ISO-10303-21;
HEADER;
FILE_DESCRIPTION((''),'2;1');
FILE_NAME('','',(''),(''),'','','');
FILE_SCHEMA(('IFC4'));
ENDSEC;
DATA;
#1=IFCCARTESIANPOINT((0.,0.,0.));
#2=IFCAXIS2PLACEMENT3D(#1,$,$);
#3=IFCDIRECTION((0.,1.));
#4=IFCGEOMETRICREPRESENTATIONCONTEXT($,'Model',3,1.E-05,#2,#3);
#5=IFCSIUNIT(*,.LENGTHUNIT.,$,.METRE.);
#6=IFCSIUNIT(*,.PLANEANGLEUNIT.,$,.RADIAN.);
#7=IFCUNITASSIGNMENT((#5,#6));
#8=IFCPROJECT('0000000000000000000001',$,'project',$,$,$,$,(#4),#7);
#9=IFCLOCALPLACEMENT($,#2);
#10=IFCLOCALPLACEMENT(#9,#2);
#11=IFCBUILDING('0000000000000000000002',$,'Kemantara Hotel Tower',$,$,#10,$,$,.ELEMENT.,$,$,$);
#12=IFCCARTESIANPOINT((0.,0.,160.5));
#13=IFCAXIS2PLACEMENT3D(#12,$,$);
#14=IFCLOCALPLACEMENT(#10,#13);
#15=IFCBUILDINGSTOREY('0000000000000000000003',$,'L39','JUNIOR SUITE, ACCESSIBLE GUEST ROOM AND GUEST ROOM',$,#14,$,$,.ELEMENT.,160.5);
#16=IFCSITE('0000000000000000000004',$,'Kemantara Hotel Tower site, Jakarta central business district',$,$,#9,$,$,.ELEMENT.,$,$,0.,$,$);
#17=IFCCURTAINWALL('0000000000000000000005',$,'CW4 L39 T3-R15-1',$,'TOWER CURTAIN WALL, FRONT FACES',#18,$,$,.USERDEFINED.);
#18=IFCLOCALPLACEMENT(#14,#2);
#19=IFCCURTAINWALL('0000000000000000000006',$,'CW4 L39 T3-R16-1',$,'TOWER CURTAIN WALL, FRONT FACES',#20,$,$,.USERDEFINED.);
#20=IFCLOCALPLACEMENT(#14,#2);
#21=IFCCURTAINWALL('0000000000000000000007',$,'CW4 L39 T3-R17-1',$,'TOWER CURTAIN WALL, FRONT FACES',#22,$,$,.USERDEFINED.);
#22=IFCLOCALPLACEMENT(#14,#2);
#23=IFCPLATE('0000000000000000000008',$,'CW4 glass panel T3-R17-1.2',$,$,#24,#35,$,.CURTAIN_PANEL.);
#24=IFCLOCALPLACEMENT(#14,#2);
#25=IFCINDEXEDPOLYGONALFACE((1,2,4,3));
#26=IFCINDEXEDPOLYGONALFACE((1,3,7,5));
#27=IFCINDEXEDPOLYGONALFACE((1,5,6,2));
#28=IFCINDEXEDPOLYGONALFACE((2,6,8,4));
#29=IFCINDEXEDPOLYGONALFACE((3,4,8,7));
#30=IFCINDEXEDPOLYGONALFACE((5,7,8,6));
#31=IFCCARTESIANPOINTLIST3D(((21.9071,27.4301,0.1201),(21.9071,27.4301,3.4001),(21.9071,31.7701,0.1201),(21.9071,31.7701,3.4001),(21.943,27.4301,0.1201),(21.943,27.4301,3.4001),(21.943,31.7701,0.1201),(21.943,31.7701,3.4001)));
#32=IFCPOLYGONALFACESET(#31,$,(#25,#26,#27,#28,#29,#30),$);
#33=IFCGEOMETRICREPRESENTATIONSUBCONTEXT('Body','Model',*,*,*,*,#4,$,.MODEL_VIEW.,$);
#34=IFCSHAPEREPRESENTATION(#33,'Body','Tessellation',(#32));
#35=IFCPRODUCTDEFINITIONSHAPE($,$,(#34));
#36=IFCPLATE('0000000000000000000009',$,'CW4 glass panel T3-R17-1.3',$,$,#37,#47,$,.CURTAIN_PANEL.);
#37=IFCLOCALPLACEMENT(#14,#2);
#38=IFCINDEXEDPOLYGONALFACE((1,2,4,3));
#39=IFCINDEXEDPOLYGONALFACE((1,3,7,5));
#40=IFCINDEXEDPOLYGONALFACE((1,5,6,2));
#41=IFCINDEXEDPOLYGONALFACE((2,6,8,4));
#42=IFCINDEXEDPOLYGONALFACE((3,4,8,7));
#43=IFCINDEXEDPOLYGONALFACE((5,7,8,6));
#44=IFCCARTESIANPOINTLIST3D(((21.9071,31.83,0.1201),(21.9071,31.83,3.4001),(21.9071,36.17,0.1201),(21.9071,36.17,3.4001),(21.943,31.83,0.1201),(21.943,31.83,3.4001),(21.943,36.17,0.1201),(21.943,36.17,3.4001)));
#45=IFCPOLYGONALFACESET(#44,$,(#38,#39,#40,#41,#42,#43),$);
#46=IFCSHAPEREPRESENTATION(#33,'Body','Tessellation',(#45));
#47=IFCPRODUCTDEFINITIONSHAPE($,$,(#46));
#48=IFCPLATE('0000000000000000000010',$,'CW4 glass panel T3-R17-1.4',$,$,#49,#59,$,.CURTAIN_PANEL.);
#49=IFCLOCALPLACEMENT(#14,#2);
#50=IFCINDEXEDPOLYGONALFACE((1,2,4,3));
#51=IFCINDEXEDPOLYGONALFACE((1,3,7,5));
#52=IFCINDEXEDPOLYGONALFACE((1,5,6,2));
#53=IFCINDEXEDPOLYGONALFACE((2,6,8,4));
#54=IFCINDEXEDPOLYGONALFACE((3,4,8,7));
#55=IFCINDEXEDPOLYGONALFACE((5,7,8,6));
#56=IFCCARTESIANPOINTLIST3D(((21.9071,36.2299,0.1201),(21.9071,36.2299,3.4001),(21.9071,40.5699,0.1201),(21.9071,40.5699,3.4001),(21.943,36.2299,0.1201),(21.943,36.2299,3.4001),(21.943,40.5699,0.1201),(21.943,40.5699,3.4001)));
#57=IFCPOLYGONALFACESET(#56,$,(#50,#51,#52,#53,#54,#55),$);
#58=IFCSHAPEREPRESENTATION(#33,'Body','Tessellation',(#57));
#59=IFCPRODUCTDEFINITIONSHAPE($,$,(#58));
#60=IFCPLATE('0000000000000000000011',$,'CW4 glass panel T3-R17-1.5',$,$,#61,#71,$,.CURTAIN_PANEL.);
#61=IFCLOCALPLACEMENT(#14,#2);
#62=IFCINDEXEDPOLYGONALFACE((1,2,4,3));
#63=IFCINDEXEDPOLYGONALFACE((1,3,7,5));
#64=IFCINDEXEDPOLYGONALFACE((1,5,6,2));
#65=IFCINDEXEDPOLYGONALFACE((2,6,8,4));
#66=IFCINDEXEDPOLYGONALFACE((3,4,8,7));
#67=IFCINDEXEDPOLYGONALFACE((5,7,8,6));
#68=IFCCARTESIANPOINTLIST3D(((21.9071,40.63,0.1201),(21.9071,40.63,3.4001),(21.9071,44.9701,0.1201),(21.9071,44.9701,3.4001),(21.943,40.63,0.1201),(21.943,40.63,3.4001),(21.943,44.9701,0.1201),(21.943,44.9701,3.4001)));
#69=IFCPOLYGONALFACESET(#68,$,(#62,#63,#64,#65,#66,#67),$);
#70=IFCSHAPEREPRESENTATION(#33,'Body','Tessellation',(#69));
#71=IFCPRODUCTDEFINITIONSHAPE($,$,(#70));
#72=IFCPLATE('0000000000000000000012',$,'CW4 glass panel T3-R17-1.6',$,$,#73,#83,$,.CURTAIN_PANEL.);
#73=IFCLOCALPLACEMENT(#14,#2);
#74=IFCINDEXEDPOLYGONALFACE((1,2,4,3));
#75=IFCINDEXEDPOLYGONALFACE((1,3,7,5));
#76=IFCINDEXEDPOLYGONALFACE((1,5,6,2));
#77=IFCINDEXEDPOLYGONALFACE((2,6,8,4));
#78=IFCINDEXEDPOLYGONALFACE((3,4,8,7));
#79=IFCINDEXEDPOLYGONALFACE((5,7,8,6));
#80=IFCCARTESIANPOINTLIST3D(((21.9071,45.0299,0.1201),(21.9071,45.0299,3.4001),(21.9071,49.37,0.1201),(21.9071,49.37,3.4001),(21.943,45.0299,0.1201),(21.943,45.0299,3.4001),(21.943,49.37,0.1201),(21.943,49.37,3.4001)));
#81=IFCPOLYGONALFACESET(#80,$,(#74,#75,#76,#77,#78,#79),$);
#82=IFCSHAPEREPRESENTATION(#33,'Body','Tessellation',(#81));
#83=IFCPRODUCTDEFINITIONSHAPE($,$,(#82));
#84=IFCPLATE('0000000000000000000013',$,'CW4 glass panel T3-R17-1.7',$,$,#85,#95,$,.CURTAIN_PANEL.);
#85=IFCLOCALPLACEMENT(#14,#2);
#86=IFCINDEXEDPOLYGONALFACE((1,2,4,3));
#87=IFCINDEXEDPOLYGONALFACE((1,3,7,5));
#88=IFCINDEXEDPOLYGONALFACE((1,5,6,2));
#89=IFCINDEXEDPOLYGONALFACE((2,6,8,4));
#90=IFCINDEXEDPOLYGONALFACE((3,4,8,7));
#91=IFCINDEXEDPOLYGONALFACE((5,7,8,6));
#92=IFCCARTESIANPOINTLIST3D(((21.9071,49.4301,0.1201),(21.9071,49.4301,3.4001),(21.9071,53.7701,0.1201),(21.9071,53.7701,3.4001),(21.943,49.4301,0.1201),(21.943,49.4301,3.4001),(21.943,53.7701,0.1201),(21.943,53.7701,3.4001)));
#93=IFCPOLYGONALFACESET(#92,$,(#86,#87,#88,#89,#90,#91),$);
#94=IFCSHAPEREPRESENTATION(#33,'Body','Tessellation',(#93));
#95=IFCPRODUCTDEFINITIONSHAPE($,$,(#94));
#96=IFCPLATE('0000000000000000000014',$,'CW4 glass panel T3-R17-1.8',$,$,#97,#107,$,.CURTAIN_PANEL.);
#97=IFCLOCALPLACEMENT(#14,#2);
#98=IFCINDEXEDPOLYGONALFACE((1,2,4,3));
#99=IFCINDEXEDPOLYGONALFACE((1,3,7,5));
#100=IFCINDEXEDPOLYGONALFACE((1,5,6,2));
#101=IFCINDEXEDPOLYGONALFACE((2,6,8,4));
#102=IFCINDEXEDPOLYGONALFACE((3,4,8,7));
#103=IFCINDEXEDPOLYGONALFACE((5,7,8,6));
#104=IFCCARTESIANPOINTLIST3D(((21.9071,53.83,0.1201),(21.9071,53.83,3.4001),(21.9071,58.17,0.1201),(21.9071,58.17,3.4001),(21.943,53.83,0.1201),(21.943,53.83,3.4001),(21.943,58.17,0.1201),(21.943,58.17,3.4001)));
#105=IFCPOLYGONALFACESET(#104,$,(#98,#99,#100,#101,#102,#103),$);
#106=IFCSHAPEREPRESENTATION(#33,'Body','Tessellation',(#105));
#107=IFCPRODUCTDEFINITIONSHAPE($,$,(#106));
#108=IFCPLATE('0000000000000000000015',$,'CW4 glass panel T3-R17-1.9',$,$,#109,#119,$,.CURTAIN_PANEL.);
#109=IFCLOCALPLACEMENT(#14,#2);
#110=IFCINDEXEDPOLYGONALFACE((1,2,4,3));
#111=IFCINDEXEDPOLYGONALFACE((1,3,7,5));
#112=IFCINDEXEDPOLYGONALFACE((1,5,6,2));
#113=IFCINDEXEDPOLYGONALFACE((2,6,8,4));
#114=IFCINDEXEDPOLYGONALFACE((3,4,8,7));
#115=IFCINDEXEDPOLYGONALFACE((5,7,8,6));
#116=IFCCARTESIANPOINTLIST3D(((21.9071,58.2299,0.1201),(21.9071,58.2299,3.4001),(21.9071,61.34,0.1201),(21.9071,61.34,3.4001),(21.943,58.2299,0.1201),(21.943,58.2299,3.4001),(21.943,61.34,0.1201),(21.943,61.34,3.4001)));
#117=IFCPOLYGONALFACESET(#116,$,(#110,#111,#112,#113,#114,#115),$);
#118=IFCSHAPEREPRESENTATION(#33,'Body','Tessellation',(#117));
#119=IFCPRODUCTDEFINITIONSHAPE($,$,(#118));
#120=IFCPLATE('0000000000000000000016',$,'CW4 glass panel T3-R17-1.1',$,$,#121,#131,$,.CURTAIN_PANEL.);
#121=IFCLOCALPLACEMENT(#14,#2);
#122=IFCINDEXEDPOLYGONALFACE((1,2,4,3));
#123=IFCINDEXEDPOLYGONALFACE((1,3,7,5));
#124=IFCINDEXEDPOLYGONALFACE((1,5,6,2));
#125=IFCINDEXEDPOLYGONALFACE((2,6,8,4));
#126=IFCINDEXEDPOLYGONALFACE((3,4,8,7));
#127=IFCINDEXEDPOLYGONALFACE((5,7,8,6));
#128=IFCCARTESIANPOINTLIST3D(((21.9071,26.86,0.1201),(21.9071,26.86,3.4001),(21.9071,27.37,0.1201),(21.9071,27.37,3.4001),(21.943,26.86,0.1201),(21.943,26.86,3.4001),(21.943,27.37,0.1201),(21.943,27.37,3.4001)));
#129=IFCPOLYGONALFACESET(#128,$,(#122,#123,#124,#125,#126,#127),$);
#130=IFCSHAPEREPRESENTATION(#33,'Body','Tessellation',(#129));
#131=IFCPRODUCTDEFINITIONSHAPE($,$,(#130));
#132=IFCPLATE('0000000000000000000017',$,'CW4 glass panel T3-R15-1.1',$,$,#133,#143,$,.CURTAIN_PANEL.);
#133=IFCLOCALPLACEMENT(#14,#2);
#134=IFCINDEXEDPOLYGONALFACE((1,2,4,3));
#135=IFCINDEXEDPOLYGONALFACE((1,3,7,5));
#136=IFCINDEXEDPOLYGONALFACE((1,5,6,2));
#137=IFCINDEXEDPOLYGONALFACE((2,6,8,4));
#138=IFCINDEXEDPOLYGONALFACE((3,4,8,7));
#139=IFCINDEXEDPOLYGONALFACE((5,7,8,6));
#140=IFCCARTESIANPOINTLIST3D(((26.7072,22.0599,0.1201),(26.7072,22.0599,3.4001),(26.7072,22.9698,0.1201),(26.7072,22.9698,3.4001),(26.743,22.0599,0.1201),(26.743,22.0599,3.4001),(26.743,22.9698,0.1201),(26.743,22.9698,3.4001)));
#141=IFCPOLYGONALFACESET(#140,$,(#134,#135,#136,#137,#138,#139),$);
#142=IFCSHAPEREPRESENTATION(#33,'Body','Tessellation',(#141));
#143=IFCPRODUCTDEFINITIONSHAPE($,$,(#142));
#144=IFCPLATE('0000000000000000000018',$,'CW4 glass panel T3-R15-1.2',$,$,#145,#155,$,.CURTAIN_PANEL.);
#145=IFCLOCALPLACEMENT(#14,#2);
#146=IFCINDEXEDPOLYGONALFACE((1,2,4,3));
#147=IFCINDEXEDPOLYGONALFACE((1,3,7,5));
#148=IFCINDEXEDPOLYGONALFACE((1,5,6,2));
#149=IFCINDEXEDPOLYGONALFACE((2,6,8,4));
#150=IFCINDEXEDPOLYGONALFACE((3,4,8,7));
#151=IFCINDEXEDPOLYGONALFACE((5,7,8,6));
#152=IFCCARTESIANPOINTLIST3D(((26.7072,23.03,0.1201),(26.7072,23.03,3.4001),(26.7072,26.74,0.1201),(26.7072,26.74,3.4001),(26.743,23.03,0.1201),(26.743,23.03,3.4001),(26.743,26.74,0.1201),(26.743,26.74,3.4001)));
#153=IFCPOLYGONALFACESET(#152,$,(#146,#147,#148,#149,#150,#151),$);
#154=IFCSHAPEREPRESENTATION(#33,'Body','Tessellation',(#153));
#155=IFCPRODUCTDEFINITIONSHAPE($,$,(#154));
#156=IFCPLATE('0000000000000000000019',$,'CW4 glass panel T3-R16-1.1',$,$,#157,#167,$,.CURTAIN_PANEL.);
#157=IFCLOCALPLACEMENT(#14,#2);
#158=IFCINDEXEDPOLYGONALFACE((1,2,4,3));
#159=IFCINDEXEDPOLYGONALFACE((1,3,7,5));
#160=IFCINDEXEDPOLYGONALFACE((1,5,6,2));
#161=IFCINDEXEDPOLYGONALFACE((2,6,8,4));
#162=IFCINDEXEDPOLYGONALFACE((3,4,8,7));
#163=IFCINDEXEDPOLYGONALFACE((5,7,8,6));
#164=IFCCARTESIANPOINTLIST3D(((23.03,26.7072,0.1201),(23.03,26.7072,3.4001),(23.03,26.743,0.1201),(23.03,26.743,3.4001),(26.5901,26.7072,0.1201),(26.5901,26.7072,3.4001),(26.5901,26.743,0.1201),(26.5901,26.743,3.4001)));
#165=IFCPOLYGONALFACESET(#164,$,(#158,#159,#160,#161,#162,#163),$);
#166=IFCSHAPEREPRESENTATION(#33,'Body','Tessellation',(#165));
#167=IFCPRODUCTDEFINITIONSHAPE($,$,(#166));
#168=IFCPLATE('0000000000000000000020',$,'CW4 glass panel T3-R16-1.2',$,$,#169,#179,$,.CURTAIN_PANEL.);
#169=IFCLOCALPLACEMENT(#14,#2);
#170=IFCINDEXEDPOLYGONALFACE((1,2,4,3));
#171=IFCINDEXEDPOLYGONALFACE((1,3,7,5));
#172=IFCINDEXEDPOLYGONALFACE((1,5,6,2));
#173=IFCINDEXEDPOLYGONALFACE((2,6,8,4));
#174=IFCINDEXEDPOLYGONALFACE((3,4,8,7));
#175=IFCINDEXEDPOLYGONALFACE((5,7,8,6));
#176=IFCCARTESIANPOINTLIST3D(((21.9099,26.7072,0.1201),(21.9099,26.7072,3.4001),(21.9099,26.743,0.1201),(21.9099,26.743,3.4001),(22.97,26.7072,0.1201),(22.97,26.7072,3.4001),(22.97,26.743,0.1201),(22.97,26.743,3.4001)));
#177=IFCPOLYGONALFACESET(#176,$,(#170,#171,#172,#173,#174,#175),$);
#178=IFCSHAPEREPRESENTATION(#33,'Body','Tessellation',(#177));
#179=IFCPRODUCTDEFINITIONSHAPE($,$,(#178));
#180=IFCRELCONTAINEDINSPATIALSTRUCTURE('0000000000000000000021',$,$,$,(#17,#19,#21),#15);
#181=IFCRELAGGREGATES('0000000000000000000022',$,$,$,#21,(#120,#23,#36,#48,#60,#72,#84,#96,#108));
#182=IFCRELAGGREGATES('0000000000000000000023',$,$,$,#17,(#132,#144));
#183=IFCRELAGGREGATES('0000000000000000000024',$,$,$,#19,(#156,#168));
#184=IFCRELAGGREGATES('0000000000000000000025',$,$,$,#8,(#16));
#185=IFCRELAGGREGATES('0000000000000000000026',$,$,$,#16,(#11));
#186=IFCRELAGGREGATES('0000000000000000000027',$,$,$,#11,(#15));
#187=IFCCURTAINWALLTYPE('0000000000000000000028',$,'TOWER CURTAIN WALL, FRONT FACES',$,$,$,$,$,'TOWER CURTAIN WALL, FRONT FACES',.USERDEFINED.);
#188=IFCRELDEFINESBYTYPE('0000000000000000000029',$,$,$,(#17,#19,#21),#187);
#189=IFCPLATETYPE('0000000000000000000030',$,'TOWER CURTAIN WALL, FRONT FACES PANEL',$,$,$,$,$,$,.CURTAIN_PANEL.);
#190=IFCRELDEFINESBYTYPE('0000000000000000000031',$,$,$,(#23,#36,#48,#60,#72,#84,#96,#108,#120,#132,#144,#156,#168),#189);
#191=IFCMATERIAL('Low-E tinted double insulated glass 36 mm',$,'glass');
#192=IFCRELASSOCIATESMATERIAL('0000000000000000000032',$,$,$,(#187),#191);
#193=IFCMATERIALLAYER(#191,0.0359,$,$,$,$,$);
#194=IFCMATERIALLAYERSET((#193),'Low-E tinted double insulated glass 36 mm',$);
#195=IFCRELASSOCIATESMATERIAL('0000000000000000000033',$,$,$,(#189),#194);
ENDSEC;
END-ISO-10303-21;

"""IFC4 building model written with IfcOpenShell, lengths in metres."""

from ifc_helpers import new_model, si_unit, direction, frame, origin, origin_2d, place, context, subcontext, project, spatial, rectangle, extrude, source, transform, mapped, material, layer, layer_set, type_object, element, aggregate, save


model = new_model("IFC4")

# Units and contexts
model_context = context("Model", 3, precision=1e-05, world=origin(), true_north=direction((0.0, 1.0)))
body_context = subcontext(model_context, "Body", "Model", "MODEL_VIEW")
ifc_project = project(units=[si_unit("LENGTHUNIT", "METRE"), si_unit("PLANEANGLEUNIT", "RADIAN")], contexts=[model_context])

# Site, building, storey
site_placement = place(None, origin())
site = spatial("IfcSite", under=ifc_project, at=site_placement, Name="Kemantara Hotel Tower site, Jakarta central business district", CompositionType="ELEMENT", RefElevation=0.0)
building_placement = place(site_placement, origin())
building = spatial("IfcBuilding", under=site, at=building_placement, Name="Kemantara Hotel Tower", CompositionType="ELEMENT")
storey_placement = place(building_placement, frame((0.0, 0.0, 160.5)))
storey = spatial("IfcBuildingStorey", under=building, at=storey_placement, Name="L39", Description="JUNIOR SUITE, ACCESSIBLE GUEST ROOM AND GUEST ROOM", CompositionType="ELEMENT", Elevation=160.5)

# Curtain walls
ifc_material_1 = material(Name="Low-E tinted double insulated glass 36 mm", Category="glass")
curtain_wall_type = type_object("IfcCurtainWallType", Name="TOWER CURTAIN WALL, FRONT FACES", ElementType="TOWER CURTAIN WALL, FRONT FACES", PredefinedType="USERDEFINED", material=ifc_material_1)
curtain_wall_1_placement = place(storey_placement, origin())
curtain_wall_1 = element("IfcCurtainWall", 1, at=curtain_wall_1_placement, inside=storey, type_object=curtain_wall_type, Name="CW4 L39 T3-R15-1", ObjectType="TOWER CURTAIN WALL, FRONT FACES", PredefinedType="USERDEFINED")
curtain_wall_2_placement = place(storey_placement, origin())
curtain_wall_2 = element("IfcCurtainWall", 2, at=curtain_wall_2_placement, inside=storey, type_object=curtain_wall_type, Name="CW4 L39 T3-R16-1", ObjectType="TOWER CURTAIN WALL, FRONT FACES", PredefinedType="USERDEFINED")

# Curtain wall
curtain_wall_3_placement = place(storey_placement, origin())
curtain_wall_3 = element("IfcCurtainWall", 3, at=curtain_wall_3_placement, inside=storey, type_object=curtain_wall_type, Name="CW4 L39 T3-R17-1", ObjectType="TOWER CURTAIN WALL, FRONT FACES", PredefinedType="USERDEFINED")

# Plates
ifc_layer_1 = layer(ifc_material_1, 0.0359)
ifc_layer_set_1 = layer_set([ifc_layer_1], Name="Low-E tinted double insulated glass 36 mm")
plate_type = type_object("IfcPlateType", Name="TOWER CURTAIN WALL, FRONT FACES PANEL", PredefinedType="CURTAIN_PANEL", material=ifc_layer_set_1)
shared_shape_1 = source(origin(), body_context, "Body", "SweptSolid", [
    extrude(rectangle(XDim=4.3401, YDim=0.0359, at=origin_2d()), origin(), (0.0, 0.0, 1.0), 3.28),
])
plate_1_placement = place(storey_placement, frame((21.925, 29.6001, 0.1201), z_axis=(0.0, 0.0, 1.0), x_axis=(0.0, 1.0, 0.0)))
plate_1 = element("IfcPlate", 4, at=plate_1_placement, type_object=plate_type, Name="CW4 glass panel T3-R17-1.2", PredefinedType="CURTAIN_PANEL", context=body_context, shape_type="MappedRepresentation", body=[
    mapped(shared_shape_1, transform((0.0, 0.0, 0.0))),
])
plate_2_placement = place(storey_placement, frame((21.925, 34.0, 0.1201), z_axis=(0.0, 0.0, 1.0), x_axis=(0.0, 1.0, 0.0)))
plate_2 = element("IfcPlate", 5, at=plate_2_placement, type_object=plate_type, Name="CW4 glass panel T3-R17-1.3", PredefinedType="CURTAIN_PANEL", context=body_context, shape_type="MappedRepresentation", body=[
    mapped(shared_shape_1, transform((0.0, 0.0, 0.0))),
])
plate_3_placement = place(storey_placement, frame((21.925, 38.3999, 0.1201), z_axis=(0.0, 0.0, 1.0), x_axis=(0.0, 1.0, 0.0)))
plate_3 = element("IfcPlate", 6, at=plate_3_placement, type_object=plate_type, Name="CW4 glass panel T3-R17-1.4", PredefinedType="CURTAIN_PANEL", context=body_context, shape_type="MappedRepresentation", body=[
    mapped(shared_shape_1, transform((0.0, 0.0, 0.0))),
])
plate_4_placement = place(storey_placement, frame((21.925, 42.8, 0.1201), z_axis=(0.0, 0.0, 1.0), x_axis=(0.0, 1.0, 0.0)))
plate_4 = element("IfcPlate", 7, at=plate_4_placement, type_object=plate_type, Name="CW4 glass panel T3-R17-1.5", PredefinedType="CURTAIN_PANEL", context=body_context, shape_type="MappedRepresentation", body=[
    mapped(shared_shape_1, transform((0.0, 0.0, 0.0))),
])
plate_5_placement = place(storey_placement, frame((21.925, 47.2, 0.1201), z_axis=(0.0, 0.0, 1.0), x_axis=(0.0, 1.0, 0.0)))
plate_5 = element("IfcPlate", 8, at=plate_5_placement, type_object=plate_type, Name="CW4 glass panel T3-R17-1.6", PredefinedType="CURTAIN_PANEL", context=body_context, shape_type="MappedRepresentation", body=[
    mapped(shared_shape_1, transform((0.0, 0.0, 0.0))),
])
plate_6_placement = place(storey_placement, frame((21.925, 51.6001, 0.1201), z_axis=(0.0, 0.0, 1.0), x_axis=(0.0, 1.0, 0.0)))
plate_6 = element("IfcPlate", 9, at=plate_6_placement, type_object=plate_type, Name="CW4 glass panel T3-R17-1.7", PredefinedType="CURTAIN_PANEL", context=body_context, shape_type="MappedRepresentation", body=[
    mapped(shared_shape_1, transform((0.0, 0.0, 0.0))),
])
plate_7_placement = place(storey_placement, frame((21.925, 56.0, 0.1201), z_axis=(0.0, 0.0, 1.0), x_axis=(0.0, 1.0, 0.0)))
plate_7 = element("IfcPlate", 10, at=plate_7_placement, type_object=plate_type, Name="CW4 glass panel T3-R17-1.8", PredefinedType="CURTAIN_PANEL", context=body_context, shape_type="MappedRepresentation", body=[
    mapped(shared_shape_1, transform((0.0, 0.0, 0.0))),
])
shared_shape_2 = source(origin(), body_context, "Body", "SweptSolid", [
    extrude(rectangle(XDim=3.1101, YDim=0.0359, at=origin_2d()), origin(), (0.0, 0.0, 1.0), 3.28),
])
plate_8_placement = place(storey_placement, frame((21.925, 59.7849, 0.1201), z_axis=(0.0, 0.0, 1.0), x_axis=(0.0, 1.0, 0.0)))
plate_8 = element("IfcPlate", 11, at=plate_8_placement, type_object=plate_type, Name="CW4 glass panel T3-R17-1.9", PredefinedType="CURTAIN_PANEL", context=body_context, shape_type="MappedRepresentation", body=[
    mapped(shared_shape_2, transform((0.0, 0.0, 0.0))),
])
shared_shape_3 = source(origin(), body_context, "Body", "SweptSolid", [
    extrude(rectangle(XDim=0.51, YDim=0.0359, at=origin_2d()), origin(), (0.0, 0.0, 1.0), 3.28),
])
plate_9_placement = place(storey_placement, frame((21.925, 27.115, 0.1201), z_axis=(0.0, 0.0, 1.0), x_axis=(0.0, 1.0, 0.0)))
plate_9 = element("IfcPlate", 12, at=plate_9_placement, type_object=plate_type, Name="CW4 glass panel T3-R17-1.1", PredefinedType="CURTAIN_PANEL", context=body_context, shape_type="MappedRepresentation", body=[
    mapped(shared_shape_3, transform((0.0, 0.0, 0.0))),
])
aggregate(curtain_wall_3, [plate_9, plate_1, plate_2, plate_3, plate_4, plate_5, plate_6, plate_7, plate_8])
shared_shape_4 = source(origin(), body_context, "Body", "SweptSolid", [
    extrude(rectangle(XDim=0.9099, YDim=0.0359, at=origin_2d()), origin(), (0.0, 0.0, 1.0), 3.28),
])
plate_10_placement = place(storey_placement, frame((26.7251, 22.5149, 0.1201), z_axis=(0.0, 0.0, 1.0), x_axis=(0.0, 1.0, 0.0)))
plate_10 = element("IfcPlate", 13, at=plate_10_placement, type_object=plate_type, Name="CW4 glass panel T3-R15-1.1", PredefinedType="CURTAIN_PANEL", context=body_context, shape_type="MappedRepresentation", body=[
    mapped(shared_shape_4, transform((0.0, 0.0, 0.0))),
])
shared_shape_5 = source(origin(), body_context, "Body", "SweptSolid", [
    extrude(rectangle(XDim=3.71, YDim=0.0359, at=origin_2d()), origin(), (0.0, 0.0, 1.0), 3.28),
])
plate_11_placement = place(storey_placement, frame((26.7251, 24.885, 0.1201), z_axis=(0.0, 0.0, 1.0), x_axis=(0.0, 1.0, 0.0)))
plate_11 = element("IfcPlate", 14, at=plate_11_placement, type_object=plate_type, Name="CW4 glass panel T3-R15-1.2", PredefinedType="CURTAIN_PANEL", context=body_context, shape_type="MappedRepresentation", body=[
    mapped(shared_shape_5, transform((0.0, 0.0, 0.0))),
])
aggregate(curtain_wall_1, [plate_10, plate_11])
shared_shape_6 = source(origin(), body_context, "Body", "SweptSolid", [
    extrude(rectangle(XDim=3.5601, YDim=0.0359, at=origin_2d()), origin(), (0.0, 0.0, 1.0), 3.28),
])
plate_12_placement = place(storey_placement, frame((24.8101, 26.7251, 0.1201), z_axis=(0.0, 0.0, 1.0), x_axis=(-1.0, 0.0, 0.0)))
plate_12 = element("IfcPlate", 15, at=plate_12_placement, type_object=plate_type, Name="CW4 glass panel T3-R16-1.1", PredefinedType="CURTAIN_PANEL", context=body_context, shape_type="MappedRepresentation", body=[
    mapped(shared_shape_6, transform((0.0, 0.0, 0.0))),
])
shared_shape_7 = source(origin(), body_context, "Body", "SweptSolid", [
    extrude(rectangle(XDim=1.0601, YDim=0.0359, at=origin_2d()), origin(), (0.0, 0.0, 1.0), 3.28),
])
plate_13_placement = place(storey_placement, frame((22.4399, 26.7251, 0.1201), z_axis=(0.0, 0.0, 1.0), x_axis=(-1.0, 0.0, 0.0)))
plate_13 = element("IfcPlate", 16, at=plate_13_placement, type_object=plate_type, Name="CW4 glass panel T3-R16-1.2", PredefinedType="CURTAIN_PANEL", context=body_context, shape_type="MappedRepresentation", body=[
    mapped(shared_shape_7, transform((0.0, 0.0, 0.0))),
])
aggregate(curtain_wall_2, [plate_12, plate_13])

save(model, "model.ifc")
